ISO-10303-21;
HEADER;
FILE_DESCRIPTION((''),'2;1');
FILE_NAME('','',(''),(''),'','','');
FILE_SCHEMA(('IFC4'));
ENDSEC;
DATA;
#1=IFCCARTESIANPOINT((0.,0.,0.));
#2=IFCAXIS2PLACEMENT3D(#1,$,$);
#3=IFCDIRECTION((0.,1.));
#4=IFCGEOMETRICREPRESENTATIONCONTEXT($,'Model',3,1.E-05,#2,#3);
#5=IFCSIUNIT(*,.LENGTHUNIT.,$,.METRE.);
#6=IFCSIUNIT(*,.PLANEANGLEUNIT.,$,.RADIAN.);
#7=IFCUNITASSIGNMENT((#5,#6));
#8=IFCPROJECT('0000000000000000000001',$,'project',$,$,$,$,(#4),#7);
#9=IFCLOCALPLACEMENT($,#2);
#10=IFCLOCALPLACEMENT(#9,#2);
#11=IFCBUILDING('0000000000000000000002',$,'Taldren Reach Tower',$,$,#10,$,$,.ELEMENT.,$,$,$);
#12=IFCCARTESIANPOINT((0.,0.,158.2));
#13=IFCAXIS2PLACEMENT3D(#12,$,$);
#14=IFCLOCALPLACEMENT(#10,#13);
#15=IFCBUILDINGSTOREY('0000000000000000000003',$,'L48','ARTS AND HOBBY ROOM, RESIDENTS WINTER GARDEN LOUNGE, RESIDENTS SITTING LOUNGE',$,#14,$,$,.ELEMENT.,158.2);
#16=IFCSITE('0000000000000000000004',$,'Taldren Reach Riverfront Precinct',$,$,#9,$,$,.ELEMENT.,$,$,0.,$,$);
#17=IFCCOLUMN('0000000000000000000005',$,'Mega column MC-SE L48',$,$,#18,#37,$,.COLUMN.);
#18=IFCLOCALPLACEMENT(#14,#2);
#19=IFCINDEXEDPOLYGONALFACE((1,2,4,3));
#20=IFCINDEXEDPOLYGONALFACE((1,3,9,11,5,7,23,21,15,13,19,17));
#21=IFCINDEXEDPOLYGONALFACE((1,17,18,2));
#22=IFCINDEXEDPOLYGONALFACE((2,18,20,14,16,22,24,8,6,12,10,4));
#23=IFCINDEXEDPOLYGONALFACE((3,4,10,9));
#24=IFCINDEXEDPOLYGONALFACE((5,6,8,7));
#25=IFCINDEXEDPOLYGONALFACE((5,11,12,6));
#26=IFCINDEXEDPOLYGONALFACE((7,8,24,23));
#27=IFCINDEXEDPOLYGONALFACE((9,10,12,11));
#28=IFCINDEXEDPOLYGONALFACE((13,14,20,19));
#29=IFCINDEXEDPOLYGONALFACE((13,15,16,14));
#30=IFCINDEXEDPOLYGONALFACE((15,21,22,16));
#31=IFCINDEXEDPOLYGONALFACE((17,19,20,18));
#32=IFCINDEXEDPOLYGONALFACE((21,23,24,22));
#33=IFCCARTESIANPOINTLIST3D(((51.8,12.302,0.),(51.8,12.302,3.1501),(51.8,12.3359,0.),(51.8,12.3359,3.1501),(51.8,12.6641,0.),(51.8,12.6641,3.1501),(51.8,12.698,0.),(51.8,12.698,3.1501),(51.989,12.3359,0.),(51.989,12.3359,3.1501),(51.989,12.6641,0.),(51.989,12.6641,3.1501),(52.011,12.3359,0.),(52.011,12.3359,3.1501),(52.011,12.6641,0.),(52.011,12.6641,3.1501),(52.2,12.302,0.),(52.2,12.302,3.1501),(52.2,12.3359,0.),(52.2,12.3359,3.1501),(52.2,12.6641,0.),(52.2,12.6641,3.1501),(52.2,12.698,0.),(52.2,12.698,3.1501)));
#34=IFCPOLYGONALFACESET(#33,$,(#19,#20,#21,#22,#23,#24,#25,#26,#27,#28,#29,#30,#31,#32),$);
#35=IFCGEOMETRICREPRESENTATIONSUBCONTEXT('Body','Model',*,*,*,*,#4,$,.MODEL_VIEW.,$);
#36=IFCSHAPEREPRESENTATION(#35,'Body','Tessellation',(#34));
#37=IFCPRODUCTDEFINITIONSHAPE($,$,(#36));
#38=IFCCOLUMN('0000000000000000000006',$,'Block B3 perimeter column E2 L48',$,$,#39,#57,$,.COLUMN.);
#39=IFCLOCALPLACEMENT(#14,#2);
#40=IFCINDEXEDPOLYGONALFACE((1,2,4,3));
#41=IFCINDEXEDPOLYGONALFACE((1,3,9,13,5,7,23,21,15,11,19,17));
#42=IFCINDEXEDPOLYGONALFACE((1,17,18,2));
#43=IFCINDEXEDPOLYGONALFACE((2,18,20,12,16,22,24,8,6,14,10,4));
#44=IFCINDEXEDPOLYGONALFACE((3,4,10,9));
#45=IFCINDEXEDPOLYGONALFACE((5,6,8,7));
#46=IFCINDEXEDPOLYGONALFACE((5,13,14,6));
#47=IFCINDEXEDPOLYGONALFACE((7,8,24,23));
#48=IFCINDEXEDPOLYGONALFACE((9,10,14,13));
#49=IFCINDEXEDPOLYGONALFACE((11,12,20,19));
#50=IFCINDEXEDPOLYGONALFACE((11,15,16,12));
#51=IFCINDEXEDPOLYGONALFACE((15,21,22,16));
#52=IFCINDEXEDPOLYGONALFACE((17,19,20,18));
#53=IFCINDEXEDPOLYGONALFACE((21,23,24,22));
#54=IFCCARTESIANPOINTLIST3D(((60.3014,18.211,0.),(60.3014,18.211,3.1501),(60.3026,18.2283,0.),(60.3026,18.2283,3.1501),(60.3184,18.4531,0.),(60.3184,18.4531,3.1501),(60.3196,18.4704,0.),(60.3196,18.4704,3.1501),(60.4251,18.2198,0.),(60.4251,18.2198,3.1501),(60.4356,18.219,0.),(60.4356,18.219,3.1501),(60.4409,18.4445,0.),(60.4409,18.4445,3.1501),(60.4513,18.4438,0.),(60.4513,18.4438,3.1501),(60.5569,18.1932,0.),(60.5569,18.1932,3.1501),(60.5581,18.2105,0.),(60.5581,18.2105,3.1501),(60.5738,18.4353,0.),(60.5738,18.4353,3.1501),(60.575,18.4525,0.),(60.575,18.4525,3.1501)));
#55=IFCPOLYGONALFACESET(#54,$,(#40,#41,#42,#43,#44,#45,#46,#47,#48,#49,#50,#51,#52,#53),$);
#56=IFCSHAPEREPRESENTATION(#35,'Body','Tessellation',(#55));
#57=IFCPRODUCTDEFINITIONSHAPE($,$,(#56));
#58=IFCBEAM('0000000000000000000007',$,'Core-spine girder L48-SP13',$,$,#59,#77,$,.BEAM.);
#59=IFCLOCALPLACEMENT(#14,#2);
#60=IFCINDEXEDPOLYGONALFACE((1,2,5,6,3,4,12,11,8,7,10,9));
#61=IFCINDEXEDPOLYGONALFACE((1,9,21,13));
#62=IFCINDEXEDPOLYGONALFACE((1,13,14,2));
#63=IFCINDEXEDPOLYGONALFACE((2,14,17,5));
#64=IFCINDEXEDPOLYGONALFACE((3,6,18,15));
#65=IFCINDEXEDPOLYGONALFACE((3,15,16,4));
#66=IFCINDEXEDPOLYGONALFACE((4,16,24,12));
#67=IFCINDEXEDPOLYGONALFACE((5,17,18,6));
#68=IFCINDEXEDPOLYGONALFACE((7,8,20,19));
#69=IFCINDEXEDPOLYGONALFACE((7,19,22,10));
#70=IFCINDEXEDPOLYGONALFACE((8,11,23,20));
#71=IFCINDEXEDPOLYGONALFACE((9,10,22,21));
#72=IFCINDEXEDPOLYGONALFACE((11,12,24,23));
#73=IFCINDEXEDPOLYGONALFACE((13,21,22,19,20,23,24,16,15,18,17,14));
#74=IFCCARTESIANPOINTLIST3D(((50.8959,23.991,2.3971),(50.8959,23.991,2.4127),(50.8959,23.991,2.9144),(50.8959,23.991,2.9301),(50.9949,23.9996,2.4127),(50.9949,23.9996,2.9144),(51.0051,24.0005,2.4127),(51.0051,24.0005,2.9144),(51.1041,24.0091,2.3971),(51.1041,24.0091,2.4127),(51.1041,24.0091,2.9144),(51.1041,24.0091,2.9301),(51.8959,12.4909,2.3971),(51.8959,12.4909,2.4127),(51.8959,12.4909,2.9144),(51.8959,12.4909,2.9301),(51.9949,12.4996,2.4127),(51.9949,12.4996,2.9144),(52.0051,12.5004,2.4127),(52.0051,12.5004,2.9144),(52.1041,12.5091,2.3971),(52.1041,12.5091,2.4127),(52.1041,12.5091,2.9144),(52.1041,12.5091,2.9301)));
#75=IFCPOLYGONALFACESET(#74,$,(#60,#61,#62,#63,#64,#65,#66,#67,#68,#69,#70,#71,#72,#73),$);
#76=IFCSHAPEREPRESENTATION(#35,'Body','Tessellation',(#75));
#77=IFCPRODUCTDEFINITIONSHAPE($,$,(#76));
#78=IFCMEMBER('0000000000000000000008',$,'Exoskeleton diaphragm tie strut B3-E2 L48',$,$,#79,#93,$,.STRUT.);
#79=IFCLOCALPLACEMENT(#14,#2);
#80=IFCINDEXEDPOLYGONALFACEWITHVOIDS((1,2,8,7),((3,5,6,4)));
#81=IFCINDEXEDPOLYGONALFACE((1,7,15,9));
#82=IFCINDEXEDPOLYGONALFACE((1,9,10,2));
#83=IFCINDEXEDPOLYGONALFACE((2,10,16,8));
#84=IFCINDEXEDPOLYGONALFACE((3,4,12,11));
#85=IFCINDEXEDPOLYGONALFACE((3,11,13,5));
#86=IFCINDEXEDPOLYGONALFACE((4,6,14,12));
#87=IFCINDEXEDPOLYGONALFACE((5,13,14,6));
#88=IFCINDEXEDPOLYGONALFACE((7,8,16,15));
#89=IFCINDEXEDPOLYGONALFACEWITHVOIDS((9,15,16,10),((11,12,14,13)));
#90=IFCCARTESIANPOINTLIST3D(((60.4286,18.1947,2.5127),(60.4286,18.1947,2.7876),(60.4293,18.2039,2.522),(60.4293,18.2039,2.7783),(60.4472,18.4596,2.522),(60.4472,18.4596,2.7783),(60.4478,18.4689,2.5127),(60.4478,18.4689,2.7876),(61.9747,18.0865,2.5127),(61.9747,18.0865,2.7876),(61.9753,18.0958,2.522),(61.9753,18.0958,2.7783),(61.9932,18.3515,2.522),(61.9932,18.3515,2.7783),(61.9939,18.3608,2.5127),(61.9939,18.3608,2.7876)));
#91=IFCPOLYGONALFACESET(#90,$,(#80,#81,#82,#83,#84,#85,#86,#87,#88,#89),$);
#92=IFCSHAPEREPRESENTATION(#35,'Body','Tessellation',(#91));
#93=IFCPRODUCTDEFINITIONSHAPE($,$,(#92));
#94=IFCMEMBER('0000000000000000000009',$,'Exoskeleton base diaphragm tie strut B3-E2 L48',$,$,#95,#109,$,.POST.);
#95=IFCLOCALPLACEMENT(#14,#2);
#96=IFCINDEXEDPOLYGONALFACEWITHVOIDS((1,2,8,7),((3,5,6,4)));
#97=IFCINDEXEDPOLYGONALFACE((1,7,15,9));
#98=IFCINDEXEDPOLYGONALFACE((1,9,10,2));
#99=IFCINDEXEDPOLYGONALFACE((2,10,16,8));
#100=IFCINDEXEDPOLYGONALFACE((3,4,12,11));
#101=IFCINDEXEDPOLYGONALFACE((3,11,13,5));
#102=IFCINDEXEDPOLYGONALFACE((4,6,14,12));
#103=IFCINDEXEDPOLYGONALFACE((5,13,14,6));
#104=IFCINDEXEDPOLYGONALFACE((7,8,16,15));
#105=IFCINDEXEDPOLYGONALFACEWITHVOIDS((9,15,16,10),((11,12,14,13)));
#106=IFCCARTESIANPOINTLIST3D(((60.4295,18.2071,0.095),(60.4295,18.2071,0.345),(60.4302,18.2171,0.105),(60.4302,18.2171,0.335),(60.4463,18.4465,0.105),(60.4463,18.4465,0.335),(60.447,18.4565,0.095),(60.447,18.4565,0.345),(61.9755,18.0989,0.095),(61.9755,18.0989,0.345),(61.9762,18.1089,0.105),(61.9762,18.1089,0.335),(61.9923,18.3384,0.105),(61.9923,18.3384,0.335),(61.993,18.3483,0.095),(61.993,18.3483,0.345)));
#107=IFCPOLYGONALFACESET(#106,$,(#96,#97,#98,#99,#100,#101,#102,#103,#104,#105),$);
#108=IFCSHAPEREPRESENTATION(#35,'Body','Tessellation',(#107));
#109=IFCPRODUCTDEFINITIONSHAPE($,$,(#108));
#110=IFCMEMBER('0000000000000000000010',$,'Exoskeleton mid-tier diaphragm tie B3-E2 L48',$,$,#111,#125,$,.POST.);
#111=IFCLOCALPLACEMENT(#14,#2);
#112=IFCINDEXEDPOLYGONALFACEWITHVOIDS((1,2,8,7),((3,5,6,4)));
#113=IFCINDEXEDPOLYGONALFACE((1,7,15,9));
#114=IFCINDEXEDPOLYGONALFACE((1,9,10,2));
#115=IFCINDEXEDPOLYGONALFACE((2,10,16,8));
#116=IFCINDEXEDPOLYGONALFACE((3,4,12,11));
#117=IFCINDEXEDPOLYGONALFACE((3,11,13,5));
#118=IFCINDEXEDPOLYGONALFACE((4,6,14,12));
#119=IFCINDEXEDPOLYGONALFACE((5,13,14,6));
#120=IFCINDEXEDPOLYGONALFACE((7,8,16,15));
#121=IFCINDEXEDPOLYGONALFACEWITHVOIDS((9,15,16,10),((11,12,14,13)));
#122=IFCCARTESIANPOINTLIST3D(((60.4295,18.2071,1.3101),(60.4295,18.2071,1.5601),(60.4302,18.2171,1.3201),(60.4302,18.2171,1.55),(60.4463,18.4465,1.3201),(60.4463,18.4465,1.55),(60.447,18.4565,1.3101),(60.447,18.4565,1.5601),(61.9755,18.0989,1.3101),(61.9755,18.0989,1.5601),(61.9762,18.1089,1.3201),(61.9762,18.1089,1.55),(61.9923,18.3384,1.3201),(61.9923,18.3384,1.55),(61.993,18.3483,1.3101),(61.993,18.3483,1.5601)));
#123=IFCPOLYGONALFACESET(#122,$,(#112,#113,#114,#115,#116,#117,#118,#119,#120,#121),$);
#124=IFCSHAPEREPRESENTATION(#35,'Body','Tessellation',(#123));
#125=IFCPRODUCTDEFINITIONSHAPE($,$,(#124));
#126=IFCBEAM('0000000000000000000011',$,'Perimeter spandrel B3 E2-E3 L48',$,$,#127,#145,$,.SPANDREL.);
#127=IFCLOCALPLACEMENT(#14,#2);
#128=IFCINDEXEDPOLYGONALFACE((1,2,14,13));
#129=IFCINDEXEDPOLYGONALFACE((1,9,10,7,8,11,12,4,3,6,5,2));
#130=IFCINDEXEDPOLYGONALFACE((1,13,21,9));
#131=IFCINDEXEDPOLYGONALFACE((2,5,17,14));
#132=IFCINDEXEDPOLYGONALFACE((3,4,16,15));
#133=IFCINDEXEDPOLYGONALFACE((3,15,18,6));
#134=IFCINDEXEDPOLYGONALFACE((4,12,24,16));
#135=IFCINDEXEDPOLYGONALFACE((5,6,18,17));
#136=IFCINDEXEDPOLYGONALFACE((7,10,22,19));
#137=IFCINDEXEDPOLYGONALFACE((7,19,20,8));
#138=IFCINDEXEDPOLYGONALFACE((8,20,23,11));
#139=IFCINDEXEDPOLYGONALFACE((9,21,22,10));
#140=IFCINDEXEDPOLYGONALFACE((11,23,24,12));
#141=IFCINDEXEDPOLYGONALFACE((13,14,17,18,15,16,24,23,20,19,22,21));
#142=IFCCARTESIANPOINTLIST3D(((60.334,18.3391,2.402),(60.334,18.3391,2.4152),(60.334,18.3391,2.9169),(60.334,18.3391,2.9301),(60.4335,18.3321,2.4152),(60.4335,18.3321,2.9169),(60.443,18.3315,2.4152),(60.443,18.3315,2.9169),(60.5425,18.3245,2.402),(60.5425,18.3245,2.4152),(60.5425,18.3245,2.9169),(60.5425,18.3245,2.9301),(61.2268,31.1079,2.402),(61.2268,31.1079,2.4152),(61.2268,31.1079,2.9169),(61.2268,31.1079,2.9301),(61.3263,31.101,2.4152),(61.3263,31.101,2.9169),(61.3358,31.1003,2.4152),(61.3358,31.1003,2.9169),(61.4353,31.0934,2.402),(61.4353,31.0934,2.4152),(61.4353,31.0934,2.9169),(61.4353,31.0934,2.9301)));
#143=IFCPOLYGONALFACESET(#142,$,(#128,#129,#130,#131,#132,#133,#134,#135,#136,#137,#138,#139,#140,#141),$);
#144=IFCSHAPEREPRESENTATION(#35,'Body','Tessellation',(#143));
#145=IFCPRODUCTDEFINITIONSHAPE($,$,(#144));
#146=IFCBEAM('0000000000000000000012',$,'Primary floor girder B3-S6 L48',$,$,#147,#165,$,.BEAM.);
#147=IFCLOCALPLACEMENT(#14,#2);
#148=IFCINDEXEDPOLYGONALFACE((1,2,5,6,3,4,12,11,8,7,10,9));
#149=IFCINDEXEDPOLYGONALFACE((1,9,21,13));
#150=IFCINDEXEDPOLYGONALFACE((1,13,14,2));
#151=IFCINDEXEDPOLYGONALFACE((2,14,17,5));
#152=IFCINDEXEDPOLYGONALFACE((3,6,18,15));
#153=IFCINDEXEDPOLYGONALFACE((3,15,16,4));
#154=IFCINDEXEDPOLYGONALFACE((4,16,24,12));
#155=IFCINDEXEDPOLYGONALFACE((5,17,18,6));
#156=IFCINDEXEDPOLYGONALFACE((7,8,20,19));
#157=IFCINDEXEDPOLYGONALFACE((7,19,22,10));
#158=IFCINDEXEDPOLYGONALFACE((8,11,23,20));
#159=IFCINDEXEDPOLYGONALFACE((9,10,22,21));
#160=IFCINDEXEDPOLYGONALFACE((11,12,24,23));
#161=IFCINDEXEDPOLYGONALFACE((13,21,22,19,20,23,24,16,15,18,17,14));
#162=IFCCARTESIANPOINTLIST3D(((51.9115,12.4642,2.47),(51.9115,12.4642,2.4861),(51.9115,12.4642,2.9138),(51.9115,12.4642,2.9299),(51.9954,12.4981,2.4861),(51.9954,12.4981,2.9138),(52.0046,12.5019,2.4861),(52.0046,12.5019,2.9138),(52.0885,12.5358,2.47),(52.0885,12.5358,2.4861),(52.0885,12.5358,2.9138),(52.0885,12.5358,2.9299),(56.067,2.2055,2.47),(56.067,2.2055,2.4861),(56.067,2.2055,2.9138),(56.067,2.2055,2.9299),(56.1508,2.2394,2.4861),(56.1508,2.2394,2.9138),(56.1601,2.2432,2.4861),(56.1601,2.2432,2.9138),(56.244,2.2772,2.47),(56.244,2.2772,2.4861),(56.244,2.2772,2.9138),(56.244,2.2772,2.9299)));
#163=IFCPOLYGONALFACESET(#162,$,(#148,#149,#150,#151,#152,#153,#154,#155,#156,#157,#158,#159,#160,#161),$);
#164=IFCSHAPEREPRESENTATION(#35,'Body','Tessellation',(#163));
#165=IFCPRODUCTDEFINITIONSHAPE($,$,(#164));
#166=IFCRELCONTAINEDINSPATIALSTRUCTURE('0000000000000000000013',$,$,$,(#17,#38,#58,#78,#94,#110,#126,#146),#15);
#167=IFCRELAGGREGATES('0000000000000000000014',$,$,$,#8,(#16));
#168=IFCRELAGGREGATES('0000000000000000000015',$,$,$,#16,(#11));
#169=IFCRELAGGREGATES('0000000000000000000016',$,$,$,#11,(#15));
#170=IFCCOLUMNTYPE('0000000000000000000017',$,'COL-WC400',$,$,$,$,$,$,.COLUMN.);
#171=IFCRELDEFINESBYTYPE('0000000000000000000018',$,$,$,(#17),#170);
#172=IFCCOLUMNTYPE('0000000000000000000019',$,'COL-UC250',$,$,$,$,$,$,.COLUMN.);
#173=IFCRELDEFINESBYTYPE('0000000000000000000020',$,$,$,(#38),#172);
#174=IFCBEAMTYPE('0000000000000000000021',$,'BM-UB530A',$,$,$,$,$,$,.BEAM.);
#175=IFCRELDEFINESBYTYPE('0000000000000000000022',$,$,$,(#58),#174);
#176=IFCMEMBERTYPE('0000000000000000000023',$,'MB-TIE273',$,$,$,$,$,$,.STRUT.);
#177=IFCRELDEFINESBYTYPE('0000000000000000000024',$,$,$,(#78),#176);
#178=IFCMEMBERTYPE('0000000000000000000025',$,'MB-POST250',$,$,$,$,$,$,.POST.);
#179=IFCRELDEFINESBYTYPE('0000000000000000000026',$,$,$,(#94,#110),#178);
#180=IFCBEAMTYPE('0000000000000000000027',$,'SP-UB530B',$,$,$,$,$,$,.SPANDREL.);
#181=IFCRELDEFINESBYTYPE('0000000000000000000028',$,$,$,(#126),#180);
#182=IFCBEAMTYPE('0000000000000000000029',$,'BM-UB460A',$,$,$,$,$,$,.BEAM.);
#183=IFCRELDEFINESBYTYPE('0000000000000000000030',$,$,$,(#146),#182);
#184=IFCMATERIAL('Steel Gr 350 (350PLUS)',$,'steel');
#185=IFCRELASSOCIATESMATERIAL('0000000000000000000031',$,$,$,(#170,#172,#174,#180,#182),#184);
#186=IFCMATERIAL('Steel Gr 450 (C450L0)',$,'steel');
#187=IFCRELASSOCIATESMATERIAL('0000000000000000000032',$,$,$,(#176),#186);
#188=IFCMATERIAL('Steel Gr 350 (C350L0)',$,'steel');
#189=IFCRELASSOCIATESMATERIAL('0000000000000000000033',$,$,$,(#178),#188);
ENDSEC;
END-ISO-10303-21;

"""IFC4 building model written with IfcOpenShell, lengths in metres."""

from ifc_helpers import new_model, si_unit, direction, frame, origin, origin_2d, place, context, subcontext, project, spatial, hollow_rectangle, i_section, extrude, source, transform, mapped, material, material_profile, profile_set, type_object, element, save


model = new_model("IFC4")

# Units and contexts
model_context = context("Model", 3, precision=1e-05, world=origin(), true_north=direction((0.0, 1.0)))
body_context = subcontext(model_context, "Body", "Model", "MODEL_VIEW")
ifc_project = project(units=[si_unit("LENGTHUNIT", "METRE"), si_unit("PLANEANGLEUNIT", "RADIAN")], contexts=[model_context])

# Site, building, storey
site_placement = place(None, origin())
site = spatial("IfcSite", under=ifc_project, at=site_placement, Name="Taldren Reach Riverfront Precinct", CompositionType="ELEMENT", RefElevation=0.0)
building_placement = place(site_placement, origin())
building = spatial("IfcBuilding", under=site, at=building_placement, Name="Taldren Reach Tower", CompositionType="ELEMENT")
storey_placement = place(building_placement, frame((0.0, 0.0, 158.2)))
storey = spatial("IfcBuildingStorey", under=building, at=storey_placement, Name="L48", Description="ARTS AND HOBBY ROOM, RESIDENTS WINTER GARDEN LOUNGE, RESIDENTS SITTING LOUNGE", CompositionType="ELEMENT", Elevation=158.2)

# Columns
ifc_material_1 = material(Name="Steel Gr 350 (350PLUS)", Category="steel")
ifc_material_profile_1 = material_profile(ifc_material_1, i_section(OverallWidth=0.3999, OverallDepth=0.396, WebThickness=0.022, FlangeThickness=0.0339, at=origin_2d()), Name="400WC270")
ifc_profile_set_1 = profile_set([ifc_material_profile_1], Name="Steel Gr 350 (350PLUS)")
column_type_1 = type_object("IfcColumnType", Name="COL-WC400", PredefinedType="COLUMN", material=ifc_profile_set_1)
shared_shape_1 = source(origin(), body_context, "Body", "SweptSolid", [
    extrude(i_section(OverallWidth=0.3999, OverallDepth=0.396, WebThickness=0.022, FlangeThickness=0.0339, at=origin_2d()), origin(), (0.0, 0.0, 1.0), 3.1501),
])
column_1_placement = place(storey_placement, frame((52.0, 12.5, 0.0), z_axis=(0.0, 0.0, 1.0), x_axis=(1.0, 0.0, 0.0)))
element("IfcColumn", 1, at=column_1_placement, inside=storey, type_object=column_type_1, Name="Mega column MC-SE L48", PredefinedType="COLUMN", context=body_context, shape_type="MappedRepresentation", body=[
    mapped(shared_shape_1, transform((0.0, 0.0, 0.0), scale=1.0)),
])
ifc_material_profile_2 = material_profile(ifc_material_1, i_section(OverallWidth=0.2561, OverallDepth=0.26, WebThickness=0.0105, FlangeThickness=0.0173, at=origin_2d()), Name="250UC89.5")
ifc_profile_set_2 = profile_set([ifc_material_profile_2], Name="Steel Gr 350 (350PLUS)")
column_type_2 = type_object("IfcColumnType", Name="COL-UC250", PredefinedType="COLUMN", material=ifc_profile_set_2)
shared_shape_2 = source(origin(), body_context, "Body", "SweptSolid", [
    extrude(i_section(OverallWidth=0.2561, OverallDepth=0.26, WebThickness=0.0105, FlangeThickness=0.0173, at=origin_2d()), origin(), (0.0, 0.0, 1.0), 3.1501),
])
column_2_placement = place(storey_placement, frame((60.4382, 18.3318, 0.0), z_axis=(0.0, 0.0, 1.0), x_axis=(0.997564, -0.069756, 0.0)))
element("IfcColumn", 2, at=column_2_placement, inside=storey, type_object=column_type_2, Name="Block B3 perimeter column E2 L48", PredefinedType="COLUMN", context=body_context, shape_type="MappedRepresentation", body=[
    mapped(shared_shape_2, transform((0.0, 0.0, 0.0), scale=1.0)),
])

# Beam
ifc_material_profile_3 = material_profile(ifc_material_1, i_section(OverallWidth=0.209, OverallDepth=0.533, WebThickness=0.0103, FlangeThickness=0.0156, at=origin_2d()), Name="530UB92.4")
ifc_profile_set_3 = profile_set([ifc_material_profile_3], Name="Steel Gr 350 (350PLUS)")
beam_type_1 = type_object("IfcBeamType", Name="BM-UB530A", PredefinedType="BEAM", material=ifc_profile_set_3)
shared_shape_3 = source(origin(), body_context, "Body", "SweptSolid", [
    extrude(i_section(OverallWidth=0.209, OverallDepth=0.533, WebThickness=0.0103, FlangeThickness=0.0156, at=origin_2d()), origin(), (0.0, 0.0, 1.0), 11.5435),
])
beam_1_placement = place(storey_placement, frame((52.0, 12.5, 2.6636), z_axis=(-0.08663, 0.996241, 0.0), x_axis=(-0.996241, -0.08663, 0.0)))
element("IfcBeam", 3, at=beam_1_placement, inside=storey, type_object=beam_type_1, Name="Core-spine girder L48-SP13", PredefinedType="BEAM", context=body_context, shape_type="MappedRepresentation", body=[
    mapped(shared_shape_3, transform((0.0, 0.0, 0.0), scale=1.0)),
])

# Members
ifc_material_2 = material(Name="Steel Gr 450 (C450L0)", Category="steel")
ifc_material_profile_4 = material_profile(ifc_material_2, hollow_rectangle(XDim=0.2749, YDim=0.2749, WallThickness=0.0093, at=origin_2d()), Name="275x275x9.3SHS")
ifc_profile_set_4 = profile_set([ifc_material_profile_4], Name="Steel Gr 450 (C450L0)")
member_type_1 = type_object("IfcMemberType", Name="MB-TIE273", PredefinedType="STRUT", material=ifc_profile_set_4)
shared_shape_4 = source(origin(), body_context, "Body", "SweptSolid", [
    extrude(hollow_rectangle(XDim=0.2749, YDim=0.2749, WallThickness=0.0093, at=origin_2d()), origin(), (0.0, 0.0, 1.0), 1.5498),
])
member_1_placement = place(storey_placement, frame((60.4382, 18.3318, 2.6501), z_axis=(0.997562, -0.069781, 0.0), x_axis=(0.069781, 0.997562, 0.0)))
element("IfcMember", 4, at=member_1_placement, inside=storey, type_object=member_type_1, Name="Exoskeleton diaphragm tie strut B3-E2 L48", PredefinedType="STRUT", context=body_context, shape_type="MappedRepresentation", body=[
    mapped(shared_shape_4, transform((0.0, 0.0, 0.0), scale=1.0)),
])
ifc_material_3 = material(Name="Steel Gr 350 (C350L0)", Category="steel")
ifc_material_profile_5 = material_profile(ifc_material_3, hollow_rectangle(XDim=0.25, YDim=0.25, WallThickness=0.01, at=origin_2d()), Name="250x250x10.0SHS")
ifc_profile_set_5 = profile_set([ifc_material_profile_5], Name="Steel Gr 350 (C350L0)")
member_type_2 = type_object("IfcMemberType", Name="MB-POST250", PredefinedType="POST", material=ifc_profile_set_5)
shared_shape_5 = source(origin(), body_context, "Body", "SweptSolid", [
    extrude(hollow_rectangle(XDim=0.25, YDim=0.25, WallThickness=0.01, at=origin_2d()), origin(), (0.0, 0.0, 1.0), 1.5498),
])
for number, where, z_axis, x_axis, name in (
    (5, (60.4382, 18.3318, 0.22), (0.997562, -0.069781, 0.0), (0.069781, 0.997562, 0.0), "Exoskeleton base diaphragm tie strut B3-E2 L48"),
    (6, (60.4382, 18.3318, 1.4351), (0.997562, -0.069781, 0.0), (0.069781, 0.997562, 0.0), "Exoskeleton mid-tier diaphragm tie B3-E2 L48"),
):
    element("IfcMember", number, at=place(storey_placement, frame(where, z_axis=z_axis, x_axis=x_axis)), inside=storey, type_object=member_type_2, Name=name, PredefinedType="POST", context=body_context, shape_type="MappedRepresentation", body=[
        mapped(shared_shape_5, transform((0.0, 0.0, 0.0), scale=1.0)),
    ])

# Beams
ifc_material_profile_6 = material_profile(ifc_material_1, i_section(OverallWidth=0.209, OverallDepth=0.5281, WebThickness=0.0095, FlangeThickness=0.0132, at=origin_2d()), Name="530UB82.0")
ifc_profile_set_6 = profile_set([ifc_material_profile_6], Name="Steel Gr 350 (350PLUS)")
beam_type_2 = type_object("IfcBeamType", Name="SP-UB530B", PredefinedType="SPANDREL", material=ifc_profile_set_6)
shared_shape_6 = source(origin(), body_context, "Body", "SweptSolid", [
    extrude(i_section(OverallWidth=0.209, OverallDepth=0.5281, WebThickness=0.0095, FlangeThickness=0.0132, at=origin_2d()), origin(), (0.0, 0.0, 1.0), 12.8),
])
beam_2_placement = place(storey_placement, frame((60.4382, 18.3318, 2.666), z_axis=(0.069752, 0.997564, 0.0), x_axis=(-0.997564, 0.069752, 0.0)))
element("IfcBeam", 7, at=beam_2_placement, inside=storey, type_object=beam_type_2, Name="Perimeter spandrel B3 E2-E3 L48", PredefinedType="SPANDREL", context=body_context, shape_type="MappedRepresentation", body=[
    mapped(shared_shape_6, transform((0.0, 0.0, 0.0), scale=1.0)),
])
ifc_material_profile_7 = material_profile(ifc_material_1, i_section(OverallWidth=0.1909, OverallDepth=0.46, WebThickness=0.01, FlangeThickness=0.0161, at=origin_2d()), Name="460UB82.1")
ifc_profile_set_7 = profile_set([ifc_material_profile_7], Name="Steel Gr 350 (350PLUS)")
beam_type_3 = type_object("IfcBeamType", Name="BM-UB460A", PredefinedType="BEAM", material=ifc_profile_set_7)
shared_shape_7 = source(origin(), body_context, "Body", "SweptSolid", [
    extrude(i_section(OverallWidth=0.1909, OverallDepth=0.46, WebThickness=0.01, FlangeThickness=0.0161, at=origin_2d()), origin(), (0.0, 0.0, 1.0), 11.0684),
])
beam_3_placement = place(storey_placement, frame((52.0, 12.5, 2.7), z_axis=(0.375437, -0.926848, 0.0), x_axis=(0.926848, 0.375437, 0.0)))
element("IfcBeam", 8, at=beam_3_placement, inside=storey, type_object=beam_type_3, Name="Primary floor girder B3-S6 L48", PredefinedType="BEAM", context=body_context, shape_type="MappedRepresentation", body=[
    mapped(shared_shape_7, transform((0.0, 0.0, 0.0), scale=1.0)),
])

save(model, "model.ifc")
